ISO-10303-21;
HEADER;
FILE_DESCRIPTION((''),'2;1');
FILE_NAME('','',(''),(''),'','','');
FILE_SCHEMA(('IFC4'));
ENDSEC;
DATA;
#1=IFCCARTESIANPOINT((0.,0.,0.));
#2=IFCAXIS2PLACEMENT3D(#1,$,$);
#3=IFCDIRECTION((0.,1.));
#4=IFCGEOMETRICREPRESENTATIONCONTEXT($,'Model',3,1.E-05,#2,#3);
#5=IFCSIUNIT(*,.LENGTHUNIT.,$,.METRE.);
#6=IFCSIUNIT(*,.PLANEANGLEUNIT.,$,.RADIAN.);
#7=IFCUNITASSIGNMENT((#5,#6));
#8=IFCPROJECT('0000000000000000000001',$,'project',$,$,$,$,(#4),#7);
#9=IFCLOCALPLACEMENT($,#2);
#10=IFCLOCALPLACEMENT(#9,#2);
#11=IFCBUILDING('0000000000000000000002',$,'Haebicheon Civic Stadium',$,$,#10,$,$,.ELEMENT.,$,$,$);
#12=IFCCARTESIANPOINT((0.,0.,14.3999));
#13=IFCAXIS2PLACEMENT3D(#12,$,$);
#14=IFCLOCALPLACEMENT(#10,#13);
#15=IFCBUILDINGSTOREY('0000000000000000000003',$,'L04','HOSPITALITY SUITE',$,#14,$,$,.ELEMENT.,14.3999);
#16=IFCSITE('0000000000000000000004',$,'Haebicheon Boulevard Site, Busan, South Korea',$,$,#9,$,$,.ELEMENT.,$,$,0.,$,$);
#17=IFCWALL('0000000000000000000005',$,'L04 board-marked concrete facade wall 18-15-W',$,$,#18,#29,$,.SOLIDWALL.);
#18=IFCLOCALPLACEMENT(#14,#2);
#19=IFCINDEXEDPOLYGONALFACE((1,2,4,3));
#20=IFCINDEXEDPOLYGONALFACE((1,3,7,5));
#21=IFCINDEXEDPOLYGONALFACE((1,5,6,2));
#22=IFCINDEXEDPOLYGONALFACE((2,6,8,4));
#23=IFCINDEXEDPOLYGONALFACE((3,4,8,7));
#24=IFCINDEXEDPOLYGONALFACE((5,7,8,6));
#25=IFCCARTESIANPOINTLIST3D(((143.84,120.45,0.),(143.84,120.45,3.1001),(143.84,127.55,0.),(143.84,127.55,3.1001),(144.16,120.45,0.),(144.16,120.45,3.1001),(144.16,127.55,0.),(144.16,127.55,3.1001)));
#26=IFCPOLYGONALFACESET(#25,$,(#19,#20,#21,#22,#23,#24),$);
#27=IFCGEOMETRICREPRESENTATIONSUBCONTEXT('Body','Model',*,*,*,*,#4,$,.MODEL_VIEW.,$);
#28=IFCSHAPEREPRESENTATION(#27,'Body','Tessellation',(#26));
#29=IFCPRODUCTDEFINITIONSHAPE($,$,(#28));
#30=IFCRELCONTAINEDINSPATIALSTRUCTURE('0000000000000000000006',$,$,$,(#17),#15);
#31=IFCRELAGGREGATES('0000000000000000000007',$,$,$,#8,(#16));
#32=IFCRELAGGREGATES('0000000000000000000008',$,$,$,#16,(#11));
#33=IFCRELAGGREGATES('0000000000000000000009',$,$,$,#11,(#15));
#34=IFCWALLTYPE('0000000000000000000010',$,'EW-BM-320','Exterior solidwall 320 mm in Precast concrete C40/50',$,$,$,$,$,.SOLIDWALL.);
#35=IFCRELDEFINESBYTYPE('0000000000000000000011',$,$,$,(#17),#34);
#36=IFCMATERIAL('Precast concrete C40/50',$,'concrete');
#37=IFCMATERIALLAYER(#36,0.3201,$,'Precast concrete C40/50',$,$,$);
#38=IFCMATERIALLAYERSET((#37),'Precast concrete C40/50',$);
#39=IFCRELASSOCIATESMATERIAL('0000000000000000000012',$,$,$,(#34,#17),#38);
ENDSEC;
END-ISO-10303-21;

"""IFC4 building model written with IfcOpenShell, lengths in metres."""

from ifc_helpers import new_model, si_unit, direction, frame, frame_2d, origin, place, context, subcontext, project, spatial, rectangle, extrude, material, layer, layer_set, type_object, element, save


model = new_model("IFC4")

# Units and contexts
model_context = context("Model", 3, precision=1e-05, world=origin(), true_north=direction((0.0, 1.0)))
body_context = subcontext(model_context, "Body", "Model", "MODEL_VIEW")
ifc_project = project(units=[si_unit("LENGTHUNIT", "METRE"), si_unit("PLANEANGLEUNIT", "RADIAN")], contexts=[model_context])

# Site, building, storey
site_placement = place(None, origin())
site = spatial("IfcSite", under=ifc_project, at=site_placement, Name="Haebicheon Boulevard Site, Busan, South Korea", CompositionType="ELEMENT", RefElevation=0.0)
building_placement = place(site_placement, origin())
building = spatial("IfcBuilding", under=site, at=building_placement, Name="Haebicheon Civic Stadium", CompositionType="ELEMENT")
storey_placement = place(building_placement, frame((0.0, 0.0, 14.3999)))
storey = spatial("IfcBuildingStorey", under=building, at=storey_placement, Name="L04", Description="HOSPITALITY SUITE", CompositionType="ELEMENT", Elevation=14.3999)

# Wall
ifc_material_1 = material(Name="Precast concrete C40/50", Category="concrete")
ifc_layer_1 = layer(ifc_material_1, 0.3201, Name="Precast concrete C40/50")
ifc_layer_set_1 = layer_set([ifc_layer_1], Name="Precast concrete C40/50")
wall_type = type_object("IfcWallType", Name="EW-BM-320", Description="Exterior solidwall 320 mm in Precast concrete C40/50", PredefinedType="SOLIDWALL", material=ifc_layer_set_1)
wall_placement = place(storey_placement, frame((144.0, 120.45, 0.0), z_axis=(0.0, 0.0, 1.0), x_axis=(0.0, 1.0, 0.0)))
element("IfcWall", 1, at=wall_placement, inside=storey, type_object=wall_type, material=ifc_layer_set_1, Name="L04 board-marked concrete facade wall 18-15-W", PredefinedType="SOLIDWALL", context=body_context, shape_type="SweptSolid", body=[
    extrude(rectangle(XDim=7.1001, YDim=0.3201, at=frame_2d((3.55, 0.0))), origin(), (0.0, 0.0, 1.0), 3.1001),
])

save(model, "model.ifc")
